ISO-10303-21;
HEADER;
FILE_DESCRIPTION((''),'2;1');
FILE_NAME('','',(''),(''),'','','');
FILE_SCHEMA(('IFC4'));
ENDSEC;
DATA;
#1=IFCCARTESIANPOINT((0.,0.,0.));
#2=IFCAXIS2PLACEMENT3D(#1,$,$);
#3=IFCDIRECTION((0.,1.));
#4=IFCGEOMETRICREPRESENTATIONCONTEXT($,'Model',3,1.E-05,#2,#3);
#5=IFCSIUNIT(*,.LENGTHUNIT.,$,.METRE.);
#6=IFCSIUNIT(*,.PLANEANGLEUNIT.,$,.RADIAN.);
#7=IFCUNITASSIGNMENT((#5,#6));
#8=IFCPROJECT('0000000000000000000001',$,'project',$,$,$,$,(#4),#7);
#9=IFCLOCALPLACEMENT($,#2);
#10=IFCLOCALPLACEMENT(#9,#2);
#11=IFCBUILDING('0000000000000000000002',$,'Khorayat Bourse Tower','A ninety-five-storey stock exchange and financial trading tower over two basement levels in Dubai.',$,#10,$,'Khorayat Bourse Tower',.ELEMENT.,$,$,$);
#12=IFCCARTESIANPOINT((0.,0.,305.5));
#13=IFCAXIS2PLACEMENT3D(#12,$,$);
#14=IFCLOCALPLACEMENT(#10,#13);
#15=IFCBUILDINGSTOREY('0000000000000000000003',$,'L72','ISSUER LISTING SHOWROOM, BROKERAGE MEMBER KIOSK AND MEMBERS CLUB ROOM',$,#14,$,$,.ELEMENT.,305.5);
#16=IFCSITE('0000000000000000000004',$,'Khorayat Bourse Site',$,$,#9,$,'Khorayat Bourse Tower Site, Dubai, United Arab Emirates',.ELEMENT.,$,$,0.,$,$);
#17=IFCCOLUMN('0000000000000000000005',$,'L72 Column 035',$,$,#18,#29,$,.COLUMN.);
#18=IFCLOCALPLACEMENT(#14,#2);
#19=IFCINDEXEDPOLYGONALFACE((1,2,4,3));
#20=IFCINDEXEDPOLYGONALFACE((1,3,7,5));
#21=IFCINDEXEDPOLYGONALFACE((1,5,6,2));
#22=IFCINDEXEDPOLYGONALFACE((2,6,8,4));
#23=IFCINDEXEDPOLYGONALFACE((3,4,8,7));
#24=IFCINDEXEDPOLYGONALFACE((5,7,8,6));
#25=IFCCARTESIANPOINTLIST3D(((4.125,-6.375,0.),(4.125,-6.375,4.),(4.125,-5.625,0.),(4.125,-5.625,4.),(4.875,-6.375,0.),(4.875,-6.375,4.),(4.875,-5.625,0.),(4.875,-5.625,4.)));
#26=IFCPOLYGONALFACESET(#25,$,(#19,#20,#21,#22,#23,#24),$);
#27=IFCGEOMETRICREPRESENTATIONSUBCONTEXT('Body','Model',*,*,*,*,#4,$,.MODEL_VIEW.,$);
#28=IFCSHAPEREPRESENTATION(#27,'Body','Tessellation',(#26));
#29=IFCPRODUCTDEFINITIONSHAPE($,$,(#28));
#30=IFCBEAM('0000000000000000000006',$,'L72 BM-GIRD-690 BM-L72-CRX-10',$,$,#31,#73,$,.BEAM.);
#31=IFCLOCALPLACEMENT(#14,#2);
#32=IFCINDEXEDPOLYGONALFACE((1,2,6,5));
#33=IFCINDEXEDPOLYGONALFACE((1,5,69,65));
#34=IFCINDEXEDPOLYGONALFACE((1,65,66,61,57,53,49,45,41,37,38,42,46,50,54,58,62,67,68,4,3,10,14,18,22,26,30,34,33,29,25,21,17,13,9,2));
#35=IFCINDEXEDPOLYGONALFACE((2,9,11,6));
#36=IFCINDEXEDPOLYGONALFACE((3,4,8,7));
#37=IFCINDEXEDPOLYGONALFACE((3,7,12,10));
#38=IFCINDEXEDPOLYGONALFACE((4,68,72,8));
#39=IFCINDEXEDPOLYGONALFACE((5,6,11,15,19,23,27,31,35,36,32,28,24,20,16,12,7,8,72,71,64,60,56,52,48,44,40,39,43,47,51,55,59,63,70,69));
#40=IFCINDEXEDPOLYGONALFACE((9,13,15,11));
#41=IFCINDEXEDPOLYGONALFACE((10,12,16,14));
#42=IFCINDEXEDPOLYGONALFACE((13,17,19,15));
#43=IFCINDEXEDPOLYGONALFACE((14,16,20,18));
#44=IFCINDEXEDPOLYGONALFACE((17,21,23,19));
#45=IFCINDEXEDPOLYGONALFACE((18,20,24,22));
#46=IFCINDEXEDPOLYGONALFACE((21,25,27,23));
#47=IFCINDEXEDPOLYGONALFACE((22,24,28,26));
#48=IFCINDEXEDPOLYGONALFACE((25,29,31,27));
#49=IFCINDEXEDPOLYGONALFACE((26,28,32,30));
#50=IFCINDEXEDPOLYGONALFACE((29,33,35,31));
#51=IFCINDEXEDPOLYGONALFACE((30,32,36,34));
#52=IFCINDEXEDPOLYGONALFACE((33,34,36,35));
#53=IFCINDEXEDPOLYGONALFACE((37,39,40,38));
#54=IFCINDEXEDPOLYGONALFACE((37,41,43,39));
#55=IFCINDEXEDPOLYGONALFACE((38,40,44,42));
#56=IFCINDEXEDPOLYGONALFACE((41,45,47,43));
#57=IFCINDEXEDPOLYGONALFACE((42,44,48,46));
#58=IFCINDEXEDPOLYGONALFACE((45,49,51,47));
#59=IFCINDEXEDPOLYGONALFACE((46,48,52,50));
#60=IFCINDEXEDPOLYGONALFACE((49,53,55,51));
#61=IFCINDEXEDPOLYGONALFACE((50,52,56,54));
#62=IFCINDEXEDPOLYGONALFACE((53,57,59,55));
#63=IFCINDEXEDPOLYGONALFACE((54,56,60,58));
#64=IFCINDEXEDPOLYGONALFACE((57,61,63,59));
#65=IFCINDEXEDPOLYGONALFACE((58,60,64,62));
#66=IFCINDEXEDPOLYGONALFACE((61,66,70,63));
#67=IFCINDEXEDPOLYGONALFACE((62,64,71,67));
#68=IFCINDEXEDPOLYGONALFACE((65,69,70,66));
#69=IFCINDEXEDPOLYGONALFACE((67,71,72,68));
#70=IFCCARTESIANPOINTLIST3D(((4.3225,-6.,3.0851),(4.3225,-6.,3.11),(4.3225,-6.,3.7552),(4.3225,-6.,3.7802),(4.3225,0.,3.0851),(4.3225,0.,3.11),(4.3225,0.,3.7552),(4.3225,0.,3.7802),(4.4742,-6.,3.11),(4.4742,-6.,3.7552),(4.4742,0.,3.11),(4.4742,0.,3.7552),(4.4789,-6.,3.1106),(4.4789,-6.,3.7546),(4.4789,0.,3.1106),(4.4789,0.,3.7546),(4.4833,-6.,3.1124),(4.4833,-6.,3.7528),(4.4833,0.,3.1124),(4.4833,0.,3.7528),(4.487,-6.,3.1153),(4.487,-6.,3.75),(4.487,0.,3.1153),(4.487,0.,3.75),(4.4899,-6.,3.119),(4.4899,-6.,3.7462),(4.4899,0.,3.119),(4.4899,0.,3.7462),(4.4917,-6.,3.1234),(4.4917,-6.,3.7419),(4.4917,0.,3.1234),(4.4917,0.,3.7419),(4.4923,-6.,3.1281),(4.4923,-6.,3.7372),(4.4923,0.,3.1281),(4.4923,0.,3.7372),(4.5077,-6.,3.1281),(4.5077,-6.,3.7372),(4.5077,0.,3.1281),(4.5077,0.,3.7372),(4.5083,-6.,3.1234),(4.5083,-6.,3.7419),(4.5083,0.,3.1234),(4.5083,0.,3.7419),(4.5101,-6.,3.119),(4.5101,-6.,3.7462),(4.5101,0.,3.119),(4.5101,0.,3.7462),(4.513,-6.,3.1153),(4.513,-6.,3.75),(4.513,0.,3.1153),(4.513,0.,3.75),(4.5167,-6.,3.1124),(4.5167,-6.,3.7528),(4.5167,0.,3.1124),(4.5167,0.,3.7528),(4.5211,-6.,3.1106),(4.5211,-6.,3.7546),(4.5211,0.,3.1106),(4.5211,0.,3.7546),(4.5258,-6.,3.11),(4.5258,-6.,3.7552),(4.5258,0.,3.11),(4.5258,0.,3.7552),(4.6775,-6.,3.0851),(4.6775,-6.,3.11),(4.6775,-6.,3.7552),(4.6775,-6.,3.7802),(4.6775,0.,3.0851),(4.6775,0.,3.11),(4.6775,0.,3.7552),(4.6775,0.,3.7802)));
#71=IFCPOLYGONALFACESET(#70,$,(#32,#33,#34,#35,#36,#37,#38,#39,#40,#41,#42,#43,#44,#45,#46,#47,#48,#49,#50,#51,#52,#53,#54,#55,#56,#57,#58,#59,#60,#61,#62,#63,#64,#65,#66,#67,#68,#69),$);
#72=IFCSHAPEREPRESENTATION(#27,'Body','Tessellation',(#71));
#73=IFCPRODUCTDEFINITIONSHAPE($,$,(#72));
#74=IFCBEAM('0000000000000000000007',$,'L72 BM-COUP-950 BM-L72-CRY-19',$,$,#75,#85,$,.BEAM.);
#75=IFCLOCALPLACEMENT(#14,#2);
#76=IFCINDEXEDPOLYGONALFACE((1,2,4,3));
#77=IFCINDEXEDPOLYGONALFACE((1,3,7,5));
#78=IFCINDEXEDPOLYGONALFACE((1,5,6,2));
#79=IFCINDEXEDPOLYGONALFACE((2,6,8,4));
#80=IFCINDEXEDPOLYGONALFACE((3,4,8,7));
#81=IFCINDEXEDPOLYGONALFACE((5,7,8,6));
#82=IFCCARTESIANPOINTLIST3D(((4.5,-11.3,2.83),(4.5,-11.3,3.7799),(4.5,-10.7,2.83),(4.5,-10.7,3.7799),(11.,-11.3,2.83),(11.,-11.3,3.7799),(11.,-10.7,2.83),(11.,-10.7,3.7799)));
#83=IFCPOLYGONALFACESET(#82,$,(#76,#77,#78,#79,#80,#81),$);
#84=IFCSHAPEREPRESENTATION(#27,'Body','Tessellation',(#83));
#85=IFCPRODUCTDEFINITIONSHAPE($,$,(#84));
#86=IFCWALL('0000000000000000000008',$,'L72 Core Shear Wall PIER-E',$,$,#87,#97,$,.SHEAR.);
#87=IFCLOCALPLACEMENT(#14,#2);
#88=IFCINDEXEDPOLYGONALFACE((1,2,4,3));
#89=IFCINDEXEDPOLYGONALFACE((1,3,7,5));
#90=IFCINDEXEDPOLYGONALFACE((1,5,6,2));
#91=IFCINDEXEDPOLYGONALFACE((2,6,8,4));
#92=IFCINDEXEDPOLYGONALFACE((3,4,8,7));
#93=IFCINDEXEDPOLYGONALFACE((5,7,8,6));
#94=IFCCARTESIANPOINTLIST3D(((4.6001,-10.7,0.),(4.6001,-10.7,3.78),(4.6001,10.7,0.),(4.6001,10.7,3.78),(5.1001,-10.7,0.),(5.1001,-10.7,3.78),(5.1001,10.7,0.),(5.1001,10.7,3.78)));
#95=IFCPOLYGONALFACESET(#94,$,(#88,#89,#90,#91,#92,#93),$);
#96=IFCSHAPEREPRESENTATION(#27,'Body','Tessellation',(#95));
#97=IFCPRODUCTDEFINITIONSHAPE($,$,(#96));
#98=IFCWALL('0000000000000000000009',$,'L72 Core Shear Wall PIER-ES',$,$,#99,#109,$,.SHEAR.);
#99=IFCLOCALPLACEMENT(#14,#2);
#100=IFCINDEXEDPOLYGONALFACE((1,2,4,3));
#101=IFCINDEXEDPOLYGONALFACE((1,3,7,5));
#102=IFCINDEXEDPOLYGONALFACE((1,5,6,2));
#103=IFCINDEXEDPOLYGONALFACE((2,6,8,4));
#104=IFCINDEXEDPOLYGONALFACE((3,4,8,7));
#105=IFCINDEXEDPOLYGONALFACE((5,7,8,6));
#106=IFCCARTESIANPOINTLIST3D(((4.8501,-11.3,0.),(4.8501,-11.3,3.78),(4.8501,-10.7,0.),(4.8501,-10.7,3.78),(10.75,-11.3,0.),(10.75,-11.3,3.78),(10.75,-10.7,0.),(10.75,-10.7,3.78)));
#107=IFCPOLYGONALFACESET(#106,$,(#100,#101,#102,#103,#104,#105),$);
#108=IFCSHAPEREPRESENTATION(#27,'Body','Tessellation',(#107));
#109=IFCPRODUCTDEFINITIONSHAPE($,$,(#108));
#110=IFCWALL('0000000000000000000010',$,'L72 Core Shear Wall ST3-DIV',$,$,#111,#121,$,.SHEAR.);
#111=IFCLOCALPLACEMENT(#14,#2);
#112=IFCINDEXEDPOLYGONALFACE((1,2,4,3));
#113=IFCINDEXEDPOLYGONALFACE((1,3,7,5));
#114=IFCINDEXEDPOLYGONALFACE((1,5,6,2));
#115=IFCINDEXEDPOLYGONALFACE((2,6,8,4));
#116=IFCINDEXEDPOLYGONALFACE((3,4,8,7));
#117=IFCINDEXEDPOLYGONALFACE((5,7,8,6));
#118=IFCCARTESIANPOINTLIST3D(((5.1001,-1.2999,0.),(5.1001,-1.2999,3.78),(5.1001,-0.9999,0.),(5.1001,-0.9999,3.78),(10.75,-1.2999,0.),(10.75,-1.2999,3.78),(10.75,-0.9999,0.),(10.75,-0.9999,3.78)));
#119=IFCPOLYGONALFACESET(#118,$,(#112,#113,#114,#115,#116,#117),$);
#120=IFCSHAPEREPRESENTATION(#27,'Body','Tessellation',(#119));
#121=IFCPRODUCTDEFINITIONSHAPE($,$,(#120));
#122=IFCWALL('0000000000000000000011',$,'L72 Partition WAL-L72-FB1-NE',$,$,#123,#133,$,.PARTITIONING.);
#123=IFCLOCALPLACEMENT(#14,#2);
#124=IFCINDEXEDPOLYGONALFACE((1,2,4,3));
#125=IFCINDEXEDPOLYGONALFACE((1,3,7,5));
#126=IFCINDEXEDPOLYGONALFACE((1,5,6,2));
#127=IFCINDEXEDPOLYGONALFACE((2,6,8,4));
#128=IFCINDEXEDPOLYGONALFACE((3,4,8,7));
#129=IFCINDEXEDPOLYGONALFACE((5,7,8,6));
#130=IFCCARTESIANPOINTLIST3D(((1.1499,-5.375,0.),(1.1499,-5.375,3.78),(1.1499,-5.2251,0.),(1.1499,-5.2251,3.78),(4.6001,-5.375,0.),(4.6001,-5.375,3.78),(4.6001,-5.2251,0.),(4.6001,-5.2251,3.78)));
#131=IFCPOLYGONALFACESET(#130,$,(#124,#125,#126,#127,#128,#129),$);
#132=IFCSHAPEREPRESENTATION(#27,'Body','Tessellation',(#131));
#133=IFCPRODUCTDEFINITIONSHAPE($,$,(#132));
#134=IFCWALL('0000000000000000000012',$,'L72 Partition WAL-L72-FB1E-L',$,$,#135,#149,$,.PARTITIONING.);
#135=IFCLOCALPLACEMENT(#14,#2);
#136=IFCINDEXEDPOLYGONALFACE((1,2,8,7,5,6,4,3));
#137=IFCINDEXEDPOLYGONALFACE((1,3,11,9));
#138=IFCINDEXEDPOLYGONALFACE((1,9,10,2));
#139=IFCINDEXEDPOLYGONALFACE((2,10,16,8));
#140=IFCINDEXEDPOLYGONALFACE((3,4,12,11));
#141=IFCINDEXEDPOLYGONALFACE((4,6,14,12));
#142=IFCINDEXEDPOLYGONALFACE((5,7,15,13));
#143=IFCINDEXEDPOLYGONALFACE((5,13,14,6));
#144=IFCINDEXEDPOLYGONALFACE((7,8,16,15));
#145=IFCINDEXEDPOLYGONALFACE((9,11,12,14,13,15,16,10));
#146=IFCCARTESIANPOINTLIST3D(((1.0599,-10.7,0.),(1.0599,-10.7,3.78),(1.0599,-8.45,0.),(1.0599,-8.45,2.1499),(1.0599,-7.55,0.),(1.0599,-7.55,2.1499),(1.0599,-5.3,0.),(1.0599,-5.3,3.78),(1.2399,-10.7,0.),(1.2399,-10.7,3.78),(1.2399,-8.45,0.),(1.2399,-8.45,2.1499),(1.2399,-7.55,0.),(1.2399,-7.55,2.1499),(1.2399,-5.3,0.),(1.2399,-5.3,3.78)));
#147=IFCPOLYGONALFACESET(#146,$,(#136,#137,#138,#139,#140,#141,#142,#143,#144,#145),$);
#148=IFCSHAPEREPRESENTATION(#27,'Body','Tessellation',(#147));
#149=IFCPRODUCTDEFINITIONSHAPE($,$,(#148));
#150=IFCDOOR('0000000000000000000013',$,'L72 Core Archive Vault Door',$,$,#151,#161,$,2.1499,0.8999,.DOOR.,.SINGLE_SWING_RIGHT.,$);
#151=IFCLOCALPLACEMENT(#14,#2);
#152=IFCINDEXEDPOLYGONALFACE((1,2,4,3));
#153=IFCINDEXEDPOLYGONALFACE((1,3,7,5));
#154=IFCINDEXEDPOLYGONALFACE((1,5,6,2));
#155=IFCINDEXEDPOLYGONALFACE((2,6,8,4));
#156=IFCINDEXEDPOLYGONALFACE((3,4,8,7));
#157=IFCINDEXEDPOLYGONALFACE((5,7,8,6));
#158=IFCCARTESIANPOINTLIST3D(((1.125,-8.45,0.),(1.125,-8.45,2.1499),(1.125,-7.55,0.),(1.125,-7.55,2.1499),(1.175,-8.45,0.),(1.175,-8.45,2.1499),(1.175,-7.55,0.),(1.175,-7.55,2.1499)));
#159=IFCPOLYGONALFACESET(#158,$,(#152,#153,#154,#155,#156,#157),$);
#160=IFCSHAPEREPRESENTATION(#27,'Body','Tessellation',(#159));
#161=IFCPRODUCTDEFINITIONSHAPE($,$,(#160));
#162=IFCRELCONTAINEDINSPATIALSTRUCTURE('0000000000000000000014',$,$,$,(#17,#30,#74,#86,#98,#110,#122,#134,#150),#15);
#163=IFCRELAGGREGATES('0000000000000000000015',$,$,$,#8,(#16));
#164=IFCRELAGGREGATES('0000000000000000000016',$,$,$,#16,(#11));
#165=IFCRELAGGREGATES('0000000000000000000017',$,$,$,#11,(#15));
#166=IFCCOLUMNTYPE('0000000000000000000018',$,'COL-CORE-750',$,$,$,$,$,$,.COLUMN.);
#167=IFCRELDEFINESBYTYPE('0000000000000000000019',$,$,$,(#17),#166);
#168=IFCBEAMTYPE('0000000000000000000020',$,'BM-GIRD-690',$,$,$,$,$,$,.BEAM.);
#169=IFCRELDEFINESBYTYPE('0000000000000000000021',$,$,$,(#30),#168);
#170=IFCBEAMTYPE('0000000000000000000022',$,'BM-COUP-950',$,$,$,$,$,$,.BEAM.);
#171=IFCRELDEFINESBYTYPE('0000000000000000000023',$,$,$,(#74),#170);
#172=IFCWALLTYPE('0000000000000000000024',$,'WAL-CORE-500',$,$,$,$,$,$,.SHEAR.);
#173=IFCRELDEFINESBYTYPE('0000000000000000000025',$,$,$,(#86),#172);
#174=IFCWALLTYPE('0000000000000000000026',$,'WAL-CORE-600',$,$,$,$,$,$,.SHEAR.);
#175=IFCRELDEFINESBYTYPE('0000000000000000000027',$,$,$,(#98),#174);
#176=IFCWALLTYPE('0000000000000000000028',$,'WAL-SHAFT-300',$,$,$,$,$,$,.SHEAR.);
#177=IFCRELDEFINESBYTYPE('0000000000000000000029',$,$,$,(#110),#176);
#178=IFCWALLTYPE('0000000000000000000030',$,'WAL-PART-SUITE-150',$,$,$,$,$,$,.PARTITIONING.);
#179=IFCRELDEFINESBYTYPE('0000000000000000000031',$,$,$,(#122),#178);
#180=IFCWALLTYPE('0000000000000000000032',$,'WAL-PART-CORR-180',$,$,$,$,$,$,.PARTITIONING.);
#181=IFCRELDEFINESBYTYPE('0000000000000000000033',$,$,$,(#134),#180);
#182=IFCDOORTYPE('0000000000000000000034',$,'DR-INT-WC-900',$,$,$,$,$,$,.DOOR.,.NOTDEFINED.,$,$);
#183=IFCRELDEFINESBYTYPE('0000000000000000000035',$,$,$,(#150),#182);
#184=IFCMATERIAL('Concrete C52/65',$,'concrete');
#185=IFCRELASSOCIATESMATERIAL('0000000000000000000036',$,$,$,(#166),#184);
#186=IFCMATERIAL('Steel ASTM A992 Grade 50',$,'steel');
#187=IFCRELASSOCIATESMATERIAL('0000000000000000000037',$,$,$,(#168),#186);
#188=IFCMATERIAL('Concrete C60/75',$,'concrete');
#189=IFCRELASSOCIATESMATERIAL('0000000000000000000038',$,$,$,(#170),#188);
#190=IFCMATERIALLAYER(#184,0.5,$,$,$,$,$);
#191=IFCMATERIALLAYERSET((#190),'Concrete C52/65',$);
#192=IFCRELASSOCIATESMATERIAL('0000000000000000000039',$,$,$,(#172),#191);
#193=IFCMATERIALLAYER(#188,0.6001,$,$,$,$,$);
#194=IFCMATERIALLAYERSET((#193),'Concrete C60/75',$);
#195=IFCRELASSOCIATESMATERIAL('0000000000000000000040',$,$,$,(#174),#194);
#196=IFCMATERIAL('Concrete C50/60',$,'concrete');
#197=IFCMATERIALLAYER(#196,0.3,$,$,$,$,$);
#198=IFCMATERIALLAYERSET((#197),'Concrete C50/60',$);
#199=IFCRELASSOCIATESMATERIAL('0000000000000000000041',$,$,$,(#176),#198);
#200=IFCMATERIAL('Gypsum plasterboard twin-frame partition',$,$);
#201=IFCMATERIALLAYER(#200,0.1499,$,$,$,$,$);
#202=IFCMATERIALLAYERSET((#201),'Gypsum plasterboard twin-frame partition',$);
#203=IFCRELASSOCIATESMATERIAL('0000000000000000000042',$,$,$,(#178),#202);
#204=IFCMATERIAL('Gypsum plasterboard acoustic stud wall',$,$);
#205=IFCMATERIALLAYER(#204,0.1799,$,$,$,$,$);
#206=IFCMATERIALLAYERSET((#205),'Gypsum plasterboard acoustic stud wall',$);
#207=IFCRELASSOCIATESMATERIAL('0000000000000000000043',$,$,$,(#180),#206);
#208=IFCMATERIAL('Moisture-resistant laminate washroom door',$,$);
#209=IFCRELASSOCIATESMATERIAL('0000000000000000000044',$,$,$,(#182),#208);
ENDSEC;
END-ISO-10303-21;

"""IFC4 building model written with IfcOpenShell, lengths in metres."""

from ifc_helpers import new_model, si_unit, direction, frame, frame_2d, origin, origin_2d, place, context, subcontext, project, spatial, rectangle, i_section, extrude, source, transform, mapped, material, layer, layer_set, material_profile, profile_set, type_object, element, fill, save


model = new_model("IFC4")

# Units and contexts
model_context = context("Model", 3, precision=1e-05, world=origin(), true_north=direction((0.0, 1.0)))
body_context = subcontext(model_context, "Body", "Model", "MODEL_VIEW")
ifc_project = project(units=[si_unit("LENGTHUNIT", "METRE"), si_unit("PLANEANGLEUNIT", "RADIAN")], contexts=[model_context])

# Site, building, storey
site_placement = place(None, origin())
site = spatial("IfcSite", under=ifc_project, at=site_placement, Name="Khorayat Bourse Site", LongName="Khorayat Bourse Tower Site, Dubai, United Arab Emirates", CompositionType="ELEMENT", RefElevation=0.0)
building_placement = place(site_placement, origin())
building = spatial("IfcBuilding", under=site, at=building_placement, Name="Khorayat Bourse Tower", Description="A ninety-five-storey stock exchange and financial trading tower over two basement levels in Dubai.", LongName="Khorayat Bourse Tower", CompositionType="ELEMENT")
storey_placement = place(building_placement, frame((0.0, 0.0, 305.5)))
storey = spatial("IfcBuildingStorey", under=building, at=storey_placement, Name="L72", Description="ISSUER LISTING SHOWROOM, BROKERAGE MEMBER KIOSK AND MEMBERS CLUB ROOM", CompositionType="ELEMENT", Elevation=305.5)

# Column
ifc_material_1 = material(Name="Concrete C52/65", Category="concrete")
ifc_material_profile_1 = material_profile(ifc_material_1, rectangle(XDim=0.75, YDim=0.75, at=origin_2d()), Name="RC 750x750")
ifc_profile_set_1 = profile_set([ifc_material_profile_1], Name="Concrete C52/65")
column_type = type_object("IfcColumnType", Name="COL-CORE-750", PredefinedType="COLUMN", material=ifc_profile_set_1)
shared_shape_1 = source(origin(), body_context, "Body", "SweptSolid", [
    extrude(rectangle(XDim=0.75, YDim=0.75, at=origin_2d()), origin(), (0.0, 0.0, 1.0), 4.0),
])
column_placement = place(storey_placement, frame((4.5, -6.0, 0.0), z_axis=(0.0, 0.0, 1.0), x_axis=(1.0, 0.0, 0.0)))
element("IfcColumn", 1, at=column_placement, inside=storey, type_object=column_type, Name="L72 Column 035", PredefinedType="COLUMN", context=body_context, shape_type="MappedRepresentation", body=[
    mapped(shared_shape_1, transform((0.0, 0.0, 0.0), scale=1.0)),
])

# Beams
ifc_material_2 = material(Name="Steel ASTM A992 Grade 50", Category="steel")
ifc_material_profile_2 = material_profile(ifc_material_2, i_section(OverallWidth=0.355, OverallDepth=0.6951, WebThickness=0.0154, FlangeThickness=0.0249, FilletRadius=0.0181, at=origin_2d()), Name="W690X217")
ifc_profile_set_2 = profile_set([ifc_material_profile_2], Name="Steel ASTM A992 Grade 50")
beam_type_1 = type_object("IfcBeamType", Name="BM-GIRD-690", PredefinedType="BEAM", material=ifc_profile_set_2)
shared_shape_2 = source(origin(), body_context, "Body", "SweptSolid", [
    extrude(i_section(OverallWidth=0.355, OverallDepth=0.6951, WebThickness=0.0154, FlangeThickness=0.0249, FilletRadius=0.0181, at=origin_2d()), origin(), (0.0, 0.0, 1.0), 6.0),
])
beam_1_placement = place(storey_placement, frame((4.5, -6.0, 3.4326), z_axis=(0.0, 1.0, 0.0), x_axis=(-1.0, 0.0, 0.0)))
element("IfcBeam", 2, at=beam_1_placement, inside=storey, type_object=beam_type_1, Name="L72 BM-GIRD-690 BM-L72-CRX-10", PredefinedType="BEAM", context=body_context, shape_type="MappedRepresentation", body=[
    mapped(shared_shape_2, transform((0.0, 0.0, 0.0), scale=1.0)),
])
ifc_material_3 = material(Name="Concrete C60/75", Category="concrete")
ifc_material_profile_3 = material_profile(ifc_material_3, rectangle(XDim=0.6001, YDim=0.95, at=origin_2d()), Name="RC 600x950")
ifc_profile_set_3 = profile_set([ifc_material_profile_3], Name="Concrete C60/75")
beam_type_2 = type_object("IfcBeamType", Name="BM-COUP-950", PredefinedType="BEAM", material=ifc_profile_set_3)
shared_shape_3 = source(origin(), body_context, "Body", "SweptSolid", [
    extrude(rectangle(XDim=0.6001, YDim=0.95, at=origin_2d()), origin(), (0.0, 0.0, 1.0), 6.5),
])
beam_2_placement = place(storey_placement, frame((4.5, -11.0, 3.3049), z_axis=(1.0, 0.0, 0.0), x_axis=(0.0, 1.0, 0.0)))
element("IfcBeam", 3, at=beam_2_placement, inside=storey, type_object=beam_type_2, Name="L72 BM-COUP-950 BM-L72-CRY-19", PredefinedType="BEAM", context=body_context, shape_type="MappedRepresentation", body=[
    mapped(shared_shape_3, transform((0.0, 0.0, 0.0), scale=1.0)),
])

# Walls
ifc_layer_1 = layer(ifc_material_1, 0.5)
ifc_layer_set_1 = layer_set([ifc_layer_1], Name="Concrete C52/65")
wall_type_1 = type_object("IfcWallType", Name="WAL-CORE-500", PredefinedType="SHEAR", material=ifc_layer_set_1)
shared_shape_4 = source(origin(), body_context, "Body", "SweptSolid", [
    extrude(rectangle(XDim=21.3999, YDim=0.5, at=frame_2d((10.7, 0.0))), origin(), (0.0, 0.0, 1.0), 3.78),
])
wall_1_placement = place(storey_placement, frame((4.8501, -10.7, 0.0), z_axis=(0.0, 0.0, 1.0), x_axis=(0.0, 1.0, 0.0)))
element("IfcWall", 4, at=wall_1_placement, inside=storey, type_object=wall_type_1, Name="L72 Core Shear Wall PIER-E", PredefinedType="SHEAR", context=body_context, shape_type="MappedRepresentation", body=[
    mapped(shared_shape_4, transform((0.0, 0.0, 0.0), scale=1.0)),
])
ifc_layer_2 = layer(ifc_material_3, 0.6001)
ifc_layer_set_2 = layer_set([ifc_layer_2], Name="Concrete C60/75")
wall_type_2 = type_object("IfcWallType", Name="WAL-CORE-600", PredefinedType="SHEAR", material=ifc_layer_set_2)
shared_shape_5 = source(origin(), body_context, "Body", "SweptSolid", [
    extrude(rectangle(XDim=5.8999, YDim=0.6001, at=frame_2d((2.95, 0.0))), origin(), (0.0, 0.0, 1.0), 3.78),
])
wall_2_placement = place(storey_placement, frame((4.8501, -11.0, 0.0), z_axis=(0.0, 0.0, 1.0), x_axis=(1.0, 0.0, 0.0)))
element("IfcWall", 5, at=wall_2_placement, inside=storey, type_object=wall_type_2, Name="L72 Core Shear Wall PIER-ES", PredefinedType="SHEAR", context=body_context, shape_type="MappedRepresentation", body=[
    mapped(shared_shape_5, transform((0.0, 0.0, 0.0), scale=1.0)),
])
ifc_material_4 = material(Name="Concrete C50/60", Category="concrete")
ifc_layer_3 = layer(ifc_material_4, 0.3)
ifc_layer_set_3 = layer_set([ifc_layer_3], Name="Concrete C50/60")
wall_type_3 = type_object("IfcWallType", Name="WAL-SHAFT-300", PredefinedType="SHEAR", material=ifc_layer_set_3)
shared_shape_6 = source(origin(), body_context, "Body", "SweptSolid", [
    extrude(rectangle(XDim=5.6499, YDim=0.3, at=frame_2d((2.825, 0.0))), origin(), (0.0, 0.0, 1.0), 3.78),
])
wall_3_placement = place(storey_placement, frame((5.1001, -1.1499, 0.0), z_axis=(0.0, 0.0, 1.0), x_axis=(1.0, 0.0, 0.0)))
element("IfcWall", 6, at=wall_3_placement, inside=storey, type_object=wall_type_3, Name="L72 Core Shear Wall ST3-DIV", PredefinedType="SHEAR", context=body_context, shape_type="MappedRepresentation", body=[
    mapped(shared_shape_6, transform((0.0, 0.0, 0.0), scale=1.0)),
])
ifc_material_5 = material(Name="Gypsum plasterboard twin-frame partition")
ifc_layer_4 = layer(ifc_material_5, 0.1499)
ifc_layer_set_4 = layer_set([ifc_layer_4], Name="Gypsum plasterboard twin-frame partition")
wall_type_4 = type_object("IfcWallType", Name="WAL-PART-SUITE-150", PredefinedType="PARTITIONING", material=ifc_layer_set_4)
shared_shape_7 = source(origin(), body_context, "Body", "SweptSolid", [
    extrude(rectangle(XDim=3.4502, YDim=0.1499, at=frame_2d((1.7251, 0.0))), origin(), (0.0, 0.0, 1.0), 3.78),
])
wall_4_placement = place(storey_placement, frame((1.1499, -5.3, 0.0), z_axis=(0.0, 0.0, 1.0), x_axis=(1.0, 0.0, 0.0)))
element("IfcWall", 7, at=wall_4_placement, inside=storey, type_object=wall_type_4, Name="L72 Partition WAL-L72-FB1-NE", PredefinedType="PARTITIONING", context=body_context, shape_type="MappedRepresentation", body=[
    mapped(shared_shape_7, transform((0.0, 0.0, 0.0), scale=1.0)),
])

# Shared definitions
ifc_material_6 = material(Name="Gypsum plasterboard acoustic stud wall")
ifc_layer_5 = layer(ifc_material_6, 0.1799)
ifc_layer_set_5 = layer_set([ifc_layer_5], Name="Gypsum plasterboard acoustic stud wall")
wall_type_5 = type_object("IfcWallType", Name="WAL-PART-CORR-180", PredefinedType="PARTITIONING", material=ifc_layer_set_5)
shared_shape_8 = source(origin(), body_context, "Body", "SweptSolid", [
    extrude(rectangle(XDim=5.3999, YDim=0.1799, at=frame_2d((2.7, 0.0))), origin(), (0.0, 0.0, 1.0), 3.78),
])
shared_shape_9 = source(origin(), body_context, "Body", "SweptSolid", [
    extrude(rectangle(XDim=0.8999, YDim=2.1499, at=frame_2d((0.45, 1.075))), frame((0.0, 0.0999, 0.0), z_axis=(0.0, -1.0, 0.0), x_axis=(1.0, 0.0, 0.0)), (0.0, 0.0, 1.0), 0.2),
])
ifc_material_7 = material(Name="Moisture-resistant laminate washroom door")
door_type = type_object("IfcDoorType", Name="DR-INT-WC-900", OperationType="NOTDEFINED", PredefinedType="DOOR", material=ifc_material_7)
shared_shape_10 = source(origin(), body_context, "Body", "SweptSolid", [
    extrude(rectangle(XDim=0.8999, YDim=2.1499, at=frame_2d((0.45, 1.075))), frame((0.0, 0.0249, 0.0), z_axis=(0.0, -1.0, 0.0), x_axis=(1.0, 0.0, 0.0)), (0.0, 0.0, 1.0), 0.05),
])

# Wall, opening, door
wall_5_placement = place(storey_placement, frame((1.1499, -10.7, 0.0), z_axis=(0.0, 0.0, 1.0), x_axis=(0.0, 1.0, 0.0)))
wall_5 = element("IfcWall", 8, at=wall_5_placement, inside=storey, type_object=wall_type_5, Name="L72 Partition WAL-L72-FB1E-L", PredefinedType="PARTITIONING", context=body_context, shape_type="MappedRepresentation", body=[
    mapped(shared_shape_8, transform((0.0, 0.0, 0.0), scale=1.0)),
])
opening_1_placement = place(wall_5_placement, frame((2.25, 0.0, 0.0)))
opening_1 = element("IfcOpeningElement", 9, at=opening_1_placement, cuts=wall_5, PredefinedType="OPENING", context=body_context, shape_type="MappedRepresentation", body=[
    mapped(shared_shape_9, transform((0.0, 0.0, 0.0), scale=1.0)),
])
door_1_placement = place(opening_1_placement, origin())
door_1 = element("IfcDoor", 10, at=door_1_placement, inside=storey, type_object=door_type, Name="L72 Core Archive Vault Door", OperationType="SINGLE_SWING_RIGHT", OverallHeight=2.1499, OverallWidth=0.8999, PredefinedType="DOOR", context=body_context, shape_type="MappedRepresentation", body=[
    mapped(shared_shape_10, transform((0.0, 0.0, 0.0), scale=1.0)),
])
fill(opening_1, door_1)

save(model, "model.ifc")
